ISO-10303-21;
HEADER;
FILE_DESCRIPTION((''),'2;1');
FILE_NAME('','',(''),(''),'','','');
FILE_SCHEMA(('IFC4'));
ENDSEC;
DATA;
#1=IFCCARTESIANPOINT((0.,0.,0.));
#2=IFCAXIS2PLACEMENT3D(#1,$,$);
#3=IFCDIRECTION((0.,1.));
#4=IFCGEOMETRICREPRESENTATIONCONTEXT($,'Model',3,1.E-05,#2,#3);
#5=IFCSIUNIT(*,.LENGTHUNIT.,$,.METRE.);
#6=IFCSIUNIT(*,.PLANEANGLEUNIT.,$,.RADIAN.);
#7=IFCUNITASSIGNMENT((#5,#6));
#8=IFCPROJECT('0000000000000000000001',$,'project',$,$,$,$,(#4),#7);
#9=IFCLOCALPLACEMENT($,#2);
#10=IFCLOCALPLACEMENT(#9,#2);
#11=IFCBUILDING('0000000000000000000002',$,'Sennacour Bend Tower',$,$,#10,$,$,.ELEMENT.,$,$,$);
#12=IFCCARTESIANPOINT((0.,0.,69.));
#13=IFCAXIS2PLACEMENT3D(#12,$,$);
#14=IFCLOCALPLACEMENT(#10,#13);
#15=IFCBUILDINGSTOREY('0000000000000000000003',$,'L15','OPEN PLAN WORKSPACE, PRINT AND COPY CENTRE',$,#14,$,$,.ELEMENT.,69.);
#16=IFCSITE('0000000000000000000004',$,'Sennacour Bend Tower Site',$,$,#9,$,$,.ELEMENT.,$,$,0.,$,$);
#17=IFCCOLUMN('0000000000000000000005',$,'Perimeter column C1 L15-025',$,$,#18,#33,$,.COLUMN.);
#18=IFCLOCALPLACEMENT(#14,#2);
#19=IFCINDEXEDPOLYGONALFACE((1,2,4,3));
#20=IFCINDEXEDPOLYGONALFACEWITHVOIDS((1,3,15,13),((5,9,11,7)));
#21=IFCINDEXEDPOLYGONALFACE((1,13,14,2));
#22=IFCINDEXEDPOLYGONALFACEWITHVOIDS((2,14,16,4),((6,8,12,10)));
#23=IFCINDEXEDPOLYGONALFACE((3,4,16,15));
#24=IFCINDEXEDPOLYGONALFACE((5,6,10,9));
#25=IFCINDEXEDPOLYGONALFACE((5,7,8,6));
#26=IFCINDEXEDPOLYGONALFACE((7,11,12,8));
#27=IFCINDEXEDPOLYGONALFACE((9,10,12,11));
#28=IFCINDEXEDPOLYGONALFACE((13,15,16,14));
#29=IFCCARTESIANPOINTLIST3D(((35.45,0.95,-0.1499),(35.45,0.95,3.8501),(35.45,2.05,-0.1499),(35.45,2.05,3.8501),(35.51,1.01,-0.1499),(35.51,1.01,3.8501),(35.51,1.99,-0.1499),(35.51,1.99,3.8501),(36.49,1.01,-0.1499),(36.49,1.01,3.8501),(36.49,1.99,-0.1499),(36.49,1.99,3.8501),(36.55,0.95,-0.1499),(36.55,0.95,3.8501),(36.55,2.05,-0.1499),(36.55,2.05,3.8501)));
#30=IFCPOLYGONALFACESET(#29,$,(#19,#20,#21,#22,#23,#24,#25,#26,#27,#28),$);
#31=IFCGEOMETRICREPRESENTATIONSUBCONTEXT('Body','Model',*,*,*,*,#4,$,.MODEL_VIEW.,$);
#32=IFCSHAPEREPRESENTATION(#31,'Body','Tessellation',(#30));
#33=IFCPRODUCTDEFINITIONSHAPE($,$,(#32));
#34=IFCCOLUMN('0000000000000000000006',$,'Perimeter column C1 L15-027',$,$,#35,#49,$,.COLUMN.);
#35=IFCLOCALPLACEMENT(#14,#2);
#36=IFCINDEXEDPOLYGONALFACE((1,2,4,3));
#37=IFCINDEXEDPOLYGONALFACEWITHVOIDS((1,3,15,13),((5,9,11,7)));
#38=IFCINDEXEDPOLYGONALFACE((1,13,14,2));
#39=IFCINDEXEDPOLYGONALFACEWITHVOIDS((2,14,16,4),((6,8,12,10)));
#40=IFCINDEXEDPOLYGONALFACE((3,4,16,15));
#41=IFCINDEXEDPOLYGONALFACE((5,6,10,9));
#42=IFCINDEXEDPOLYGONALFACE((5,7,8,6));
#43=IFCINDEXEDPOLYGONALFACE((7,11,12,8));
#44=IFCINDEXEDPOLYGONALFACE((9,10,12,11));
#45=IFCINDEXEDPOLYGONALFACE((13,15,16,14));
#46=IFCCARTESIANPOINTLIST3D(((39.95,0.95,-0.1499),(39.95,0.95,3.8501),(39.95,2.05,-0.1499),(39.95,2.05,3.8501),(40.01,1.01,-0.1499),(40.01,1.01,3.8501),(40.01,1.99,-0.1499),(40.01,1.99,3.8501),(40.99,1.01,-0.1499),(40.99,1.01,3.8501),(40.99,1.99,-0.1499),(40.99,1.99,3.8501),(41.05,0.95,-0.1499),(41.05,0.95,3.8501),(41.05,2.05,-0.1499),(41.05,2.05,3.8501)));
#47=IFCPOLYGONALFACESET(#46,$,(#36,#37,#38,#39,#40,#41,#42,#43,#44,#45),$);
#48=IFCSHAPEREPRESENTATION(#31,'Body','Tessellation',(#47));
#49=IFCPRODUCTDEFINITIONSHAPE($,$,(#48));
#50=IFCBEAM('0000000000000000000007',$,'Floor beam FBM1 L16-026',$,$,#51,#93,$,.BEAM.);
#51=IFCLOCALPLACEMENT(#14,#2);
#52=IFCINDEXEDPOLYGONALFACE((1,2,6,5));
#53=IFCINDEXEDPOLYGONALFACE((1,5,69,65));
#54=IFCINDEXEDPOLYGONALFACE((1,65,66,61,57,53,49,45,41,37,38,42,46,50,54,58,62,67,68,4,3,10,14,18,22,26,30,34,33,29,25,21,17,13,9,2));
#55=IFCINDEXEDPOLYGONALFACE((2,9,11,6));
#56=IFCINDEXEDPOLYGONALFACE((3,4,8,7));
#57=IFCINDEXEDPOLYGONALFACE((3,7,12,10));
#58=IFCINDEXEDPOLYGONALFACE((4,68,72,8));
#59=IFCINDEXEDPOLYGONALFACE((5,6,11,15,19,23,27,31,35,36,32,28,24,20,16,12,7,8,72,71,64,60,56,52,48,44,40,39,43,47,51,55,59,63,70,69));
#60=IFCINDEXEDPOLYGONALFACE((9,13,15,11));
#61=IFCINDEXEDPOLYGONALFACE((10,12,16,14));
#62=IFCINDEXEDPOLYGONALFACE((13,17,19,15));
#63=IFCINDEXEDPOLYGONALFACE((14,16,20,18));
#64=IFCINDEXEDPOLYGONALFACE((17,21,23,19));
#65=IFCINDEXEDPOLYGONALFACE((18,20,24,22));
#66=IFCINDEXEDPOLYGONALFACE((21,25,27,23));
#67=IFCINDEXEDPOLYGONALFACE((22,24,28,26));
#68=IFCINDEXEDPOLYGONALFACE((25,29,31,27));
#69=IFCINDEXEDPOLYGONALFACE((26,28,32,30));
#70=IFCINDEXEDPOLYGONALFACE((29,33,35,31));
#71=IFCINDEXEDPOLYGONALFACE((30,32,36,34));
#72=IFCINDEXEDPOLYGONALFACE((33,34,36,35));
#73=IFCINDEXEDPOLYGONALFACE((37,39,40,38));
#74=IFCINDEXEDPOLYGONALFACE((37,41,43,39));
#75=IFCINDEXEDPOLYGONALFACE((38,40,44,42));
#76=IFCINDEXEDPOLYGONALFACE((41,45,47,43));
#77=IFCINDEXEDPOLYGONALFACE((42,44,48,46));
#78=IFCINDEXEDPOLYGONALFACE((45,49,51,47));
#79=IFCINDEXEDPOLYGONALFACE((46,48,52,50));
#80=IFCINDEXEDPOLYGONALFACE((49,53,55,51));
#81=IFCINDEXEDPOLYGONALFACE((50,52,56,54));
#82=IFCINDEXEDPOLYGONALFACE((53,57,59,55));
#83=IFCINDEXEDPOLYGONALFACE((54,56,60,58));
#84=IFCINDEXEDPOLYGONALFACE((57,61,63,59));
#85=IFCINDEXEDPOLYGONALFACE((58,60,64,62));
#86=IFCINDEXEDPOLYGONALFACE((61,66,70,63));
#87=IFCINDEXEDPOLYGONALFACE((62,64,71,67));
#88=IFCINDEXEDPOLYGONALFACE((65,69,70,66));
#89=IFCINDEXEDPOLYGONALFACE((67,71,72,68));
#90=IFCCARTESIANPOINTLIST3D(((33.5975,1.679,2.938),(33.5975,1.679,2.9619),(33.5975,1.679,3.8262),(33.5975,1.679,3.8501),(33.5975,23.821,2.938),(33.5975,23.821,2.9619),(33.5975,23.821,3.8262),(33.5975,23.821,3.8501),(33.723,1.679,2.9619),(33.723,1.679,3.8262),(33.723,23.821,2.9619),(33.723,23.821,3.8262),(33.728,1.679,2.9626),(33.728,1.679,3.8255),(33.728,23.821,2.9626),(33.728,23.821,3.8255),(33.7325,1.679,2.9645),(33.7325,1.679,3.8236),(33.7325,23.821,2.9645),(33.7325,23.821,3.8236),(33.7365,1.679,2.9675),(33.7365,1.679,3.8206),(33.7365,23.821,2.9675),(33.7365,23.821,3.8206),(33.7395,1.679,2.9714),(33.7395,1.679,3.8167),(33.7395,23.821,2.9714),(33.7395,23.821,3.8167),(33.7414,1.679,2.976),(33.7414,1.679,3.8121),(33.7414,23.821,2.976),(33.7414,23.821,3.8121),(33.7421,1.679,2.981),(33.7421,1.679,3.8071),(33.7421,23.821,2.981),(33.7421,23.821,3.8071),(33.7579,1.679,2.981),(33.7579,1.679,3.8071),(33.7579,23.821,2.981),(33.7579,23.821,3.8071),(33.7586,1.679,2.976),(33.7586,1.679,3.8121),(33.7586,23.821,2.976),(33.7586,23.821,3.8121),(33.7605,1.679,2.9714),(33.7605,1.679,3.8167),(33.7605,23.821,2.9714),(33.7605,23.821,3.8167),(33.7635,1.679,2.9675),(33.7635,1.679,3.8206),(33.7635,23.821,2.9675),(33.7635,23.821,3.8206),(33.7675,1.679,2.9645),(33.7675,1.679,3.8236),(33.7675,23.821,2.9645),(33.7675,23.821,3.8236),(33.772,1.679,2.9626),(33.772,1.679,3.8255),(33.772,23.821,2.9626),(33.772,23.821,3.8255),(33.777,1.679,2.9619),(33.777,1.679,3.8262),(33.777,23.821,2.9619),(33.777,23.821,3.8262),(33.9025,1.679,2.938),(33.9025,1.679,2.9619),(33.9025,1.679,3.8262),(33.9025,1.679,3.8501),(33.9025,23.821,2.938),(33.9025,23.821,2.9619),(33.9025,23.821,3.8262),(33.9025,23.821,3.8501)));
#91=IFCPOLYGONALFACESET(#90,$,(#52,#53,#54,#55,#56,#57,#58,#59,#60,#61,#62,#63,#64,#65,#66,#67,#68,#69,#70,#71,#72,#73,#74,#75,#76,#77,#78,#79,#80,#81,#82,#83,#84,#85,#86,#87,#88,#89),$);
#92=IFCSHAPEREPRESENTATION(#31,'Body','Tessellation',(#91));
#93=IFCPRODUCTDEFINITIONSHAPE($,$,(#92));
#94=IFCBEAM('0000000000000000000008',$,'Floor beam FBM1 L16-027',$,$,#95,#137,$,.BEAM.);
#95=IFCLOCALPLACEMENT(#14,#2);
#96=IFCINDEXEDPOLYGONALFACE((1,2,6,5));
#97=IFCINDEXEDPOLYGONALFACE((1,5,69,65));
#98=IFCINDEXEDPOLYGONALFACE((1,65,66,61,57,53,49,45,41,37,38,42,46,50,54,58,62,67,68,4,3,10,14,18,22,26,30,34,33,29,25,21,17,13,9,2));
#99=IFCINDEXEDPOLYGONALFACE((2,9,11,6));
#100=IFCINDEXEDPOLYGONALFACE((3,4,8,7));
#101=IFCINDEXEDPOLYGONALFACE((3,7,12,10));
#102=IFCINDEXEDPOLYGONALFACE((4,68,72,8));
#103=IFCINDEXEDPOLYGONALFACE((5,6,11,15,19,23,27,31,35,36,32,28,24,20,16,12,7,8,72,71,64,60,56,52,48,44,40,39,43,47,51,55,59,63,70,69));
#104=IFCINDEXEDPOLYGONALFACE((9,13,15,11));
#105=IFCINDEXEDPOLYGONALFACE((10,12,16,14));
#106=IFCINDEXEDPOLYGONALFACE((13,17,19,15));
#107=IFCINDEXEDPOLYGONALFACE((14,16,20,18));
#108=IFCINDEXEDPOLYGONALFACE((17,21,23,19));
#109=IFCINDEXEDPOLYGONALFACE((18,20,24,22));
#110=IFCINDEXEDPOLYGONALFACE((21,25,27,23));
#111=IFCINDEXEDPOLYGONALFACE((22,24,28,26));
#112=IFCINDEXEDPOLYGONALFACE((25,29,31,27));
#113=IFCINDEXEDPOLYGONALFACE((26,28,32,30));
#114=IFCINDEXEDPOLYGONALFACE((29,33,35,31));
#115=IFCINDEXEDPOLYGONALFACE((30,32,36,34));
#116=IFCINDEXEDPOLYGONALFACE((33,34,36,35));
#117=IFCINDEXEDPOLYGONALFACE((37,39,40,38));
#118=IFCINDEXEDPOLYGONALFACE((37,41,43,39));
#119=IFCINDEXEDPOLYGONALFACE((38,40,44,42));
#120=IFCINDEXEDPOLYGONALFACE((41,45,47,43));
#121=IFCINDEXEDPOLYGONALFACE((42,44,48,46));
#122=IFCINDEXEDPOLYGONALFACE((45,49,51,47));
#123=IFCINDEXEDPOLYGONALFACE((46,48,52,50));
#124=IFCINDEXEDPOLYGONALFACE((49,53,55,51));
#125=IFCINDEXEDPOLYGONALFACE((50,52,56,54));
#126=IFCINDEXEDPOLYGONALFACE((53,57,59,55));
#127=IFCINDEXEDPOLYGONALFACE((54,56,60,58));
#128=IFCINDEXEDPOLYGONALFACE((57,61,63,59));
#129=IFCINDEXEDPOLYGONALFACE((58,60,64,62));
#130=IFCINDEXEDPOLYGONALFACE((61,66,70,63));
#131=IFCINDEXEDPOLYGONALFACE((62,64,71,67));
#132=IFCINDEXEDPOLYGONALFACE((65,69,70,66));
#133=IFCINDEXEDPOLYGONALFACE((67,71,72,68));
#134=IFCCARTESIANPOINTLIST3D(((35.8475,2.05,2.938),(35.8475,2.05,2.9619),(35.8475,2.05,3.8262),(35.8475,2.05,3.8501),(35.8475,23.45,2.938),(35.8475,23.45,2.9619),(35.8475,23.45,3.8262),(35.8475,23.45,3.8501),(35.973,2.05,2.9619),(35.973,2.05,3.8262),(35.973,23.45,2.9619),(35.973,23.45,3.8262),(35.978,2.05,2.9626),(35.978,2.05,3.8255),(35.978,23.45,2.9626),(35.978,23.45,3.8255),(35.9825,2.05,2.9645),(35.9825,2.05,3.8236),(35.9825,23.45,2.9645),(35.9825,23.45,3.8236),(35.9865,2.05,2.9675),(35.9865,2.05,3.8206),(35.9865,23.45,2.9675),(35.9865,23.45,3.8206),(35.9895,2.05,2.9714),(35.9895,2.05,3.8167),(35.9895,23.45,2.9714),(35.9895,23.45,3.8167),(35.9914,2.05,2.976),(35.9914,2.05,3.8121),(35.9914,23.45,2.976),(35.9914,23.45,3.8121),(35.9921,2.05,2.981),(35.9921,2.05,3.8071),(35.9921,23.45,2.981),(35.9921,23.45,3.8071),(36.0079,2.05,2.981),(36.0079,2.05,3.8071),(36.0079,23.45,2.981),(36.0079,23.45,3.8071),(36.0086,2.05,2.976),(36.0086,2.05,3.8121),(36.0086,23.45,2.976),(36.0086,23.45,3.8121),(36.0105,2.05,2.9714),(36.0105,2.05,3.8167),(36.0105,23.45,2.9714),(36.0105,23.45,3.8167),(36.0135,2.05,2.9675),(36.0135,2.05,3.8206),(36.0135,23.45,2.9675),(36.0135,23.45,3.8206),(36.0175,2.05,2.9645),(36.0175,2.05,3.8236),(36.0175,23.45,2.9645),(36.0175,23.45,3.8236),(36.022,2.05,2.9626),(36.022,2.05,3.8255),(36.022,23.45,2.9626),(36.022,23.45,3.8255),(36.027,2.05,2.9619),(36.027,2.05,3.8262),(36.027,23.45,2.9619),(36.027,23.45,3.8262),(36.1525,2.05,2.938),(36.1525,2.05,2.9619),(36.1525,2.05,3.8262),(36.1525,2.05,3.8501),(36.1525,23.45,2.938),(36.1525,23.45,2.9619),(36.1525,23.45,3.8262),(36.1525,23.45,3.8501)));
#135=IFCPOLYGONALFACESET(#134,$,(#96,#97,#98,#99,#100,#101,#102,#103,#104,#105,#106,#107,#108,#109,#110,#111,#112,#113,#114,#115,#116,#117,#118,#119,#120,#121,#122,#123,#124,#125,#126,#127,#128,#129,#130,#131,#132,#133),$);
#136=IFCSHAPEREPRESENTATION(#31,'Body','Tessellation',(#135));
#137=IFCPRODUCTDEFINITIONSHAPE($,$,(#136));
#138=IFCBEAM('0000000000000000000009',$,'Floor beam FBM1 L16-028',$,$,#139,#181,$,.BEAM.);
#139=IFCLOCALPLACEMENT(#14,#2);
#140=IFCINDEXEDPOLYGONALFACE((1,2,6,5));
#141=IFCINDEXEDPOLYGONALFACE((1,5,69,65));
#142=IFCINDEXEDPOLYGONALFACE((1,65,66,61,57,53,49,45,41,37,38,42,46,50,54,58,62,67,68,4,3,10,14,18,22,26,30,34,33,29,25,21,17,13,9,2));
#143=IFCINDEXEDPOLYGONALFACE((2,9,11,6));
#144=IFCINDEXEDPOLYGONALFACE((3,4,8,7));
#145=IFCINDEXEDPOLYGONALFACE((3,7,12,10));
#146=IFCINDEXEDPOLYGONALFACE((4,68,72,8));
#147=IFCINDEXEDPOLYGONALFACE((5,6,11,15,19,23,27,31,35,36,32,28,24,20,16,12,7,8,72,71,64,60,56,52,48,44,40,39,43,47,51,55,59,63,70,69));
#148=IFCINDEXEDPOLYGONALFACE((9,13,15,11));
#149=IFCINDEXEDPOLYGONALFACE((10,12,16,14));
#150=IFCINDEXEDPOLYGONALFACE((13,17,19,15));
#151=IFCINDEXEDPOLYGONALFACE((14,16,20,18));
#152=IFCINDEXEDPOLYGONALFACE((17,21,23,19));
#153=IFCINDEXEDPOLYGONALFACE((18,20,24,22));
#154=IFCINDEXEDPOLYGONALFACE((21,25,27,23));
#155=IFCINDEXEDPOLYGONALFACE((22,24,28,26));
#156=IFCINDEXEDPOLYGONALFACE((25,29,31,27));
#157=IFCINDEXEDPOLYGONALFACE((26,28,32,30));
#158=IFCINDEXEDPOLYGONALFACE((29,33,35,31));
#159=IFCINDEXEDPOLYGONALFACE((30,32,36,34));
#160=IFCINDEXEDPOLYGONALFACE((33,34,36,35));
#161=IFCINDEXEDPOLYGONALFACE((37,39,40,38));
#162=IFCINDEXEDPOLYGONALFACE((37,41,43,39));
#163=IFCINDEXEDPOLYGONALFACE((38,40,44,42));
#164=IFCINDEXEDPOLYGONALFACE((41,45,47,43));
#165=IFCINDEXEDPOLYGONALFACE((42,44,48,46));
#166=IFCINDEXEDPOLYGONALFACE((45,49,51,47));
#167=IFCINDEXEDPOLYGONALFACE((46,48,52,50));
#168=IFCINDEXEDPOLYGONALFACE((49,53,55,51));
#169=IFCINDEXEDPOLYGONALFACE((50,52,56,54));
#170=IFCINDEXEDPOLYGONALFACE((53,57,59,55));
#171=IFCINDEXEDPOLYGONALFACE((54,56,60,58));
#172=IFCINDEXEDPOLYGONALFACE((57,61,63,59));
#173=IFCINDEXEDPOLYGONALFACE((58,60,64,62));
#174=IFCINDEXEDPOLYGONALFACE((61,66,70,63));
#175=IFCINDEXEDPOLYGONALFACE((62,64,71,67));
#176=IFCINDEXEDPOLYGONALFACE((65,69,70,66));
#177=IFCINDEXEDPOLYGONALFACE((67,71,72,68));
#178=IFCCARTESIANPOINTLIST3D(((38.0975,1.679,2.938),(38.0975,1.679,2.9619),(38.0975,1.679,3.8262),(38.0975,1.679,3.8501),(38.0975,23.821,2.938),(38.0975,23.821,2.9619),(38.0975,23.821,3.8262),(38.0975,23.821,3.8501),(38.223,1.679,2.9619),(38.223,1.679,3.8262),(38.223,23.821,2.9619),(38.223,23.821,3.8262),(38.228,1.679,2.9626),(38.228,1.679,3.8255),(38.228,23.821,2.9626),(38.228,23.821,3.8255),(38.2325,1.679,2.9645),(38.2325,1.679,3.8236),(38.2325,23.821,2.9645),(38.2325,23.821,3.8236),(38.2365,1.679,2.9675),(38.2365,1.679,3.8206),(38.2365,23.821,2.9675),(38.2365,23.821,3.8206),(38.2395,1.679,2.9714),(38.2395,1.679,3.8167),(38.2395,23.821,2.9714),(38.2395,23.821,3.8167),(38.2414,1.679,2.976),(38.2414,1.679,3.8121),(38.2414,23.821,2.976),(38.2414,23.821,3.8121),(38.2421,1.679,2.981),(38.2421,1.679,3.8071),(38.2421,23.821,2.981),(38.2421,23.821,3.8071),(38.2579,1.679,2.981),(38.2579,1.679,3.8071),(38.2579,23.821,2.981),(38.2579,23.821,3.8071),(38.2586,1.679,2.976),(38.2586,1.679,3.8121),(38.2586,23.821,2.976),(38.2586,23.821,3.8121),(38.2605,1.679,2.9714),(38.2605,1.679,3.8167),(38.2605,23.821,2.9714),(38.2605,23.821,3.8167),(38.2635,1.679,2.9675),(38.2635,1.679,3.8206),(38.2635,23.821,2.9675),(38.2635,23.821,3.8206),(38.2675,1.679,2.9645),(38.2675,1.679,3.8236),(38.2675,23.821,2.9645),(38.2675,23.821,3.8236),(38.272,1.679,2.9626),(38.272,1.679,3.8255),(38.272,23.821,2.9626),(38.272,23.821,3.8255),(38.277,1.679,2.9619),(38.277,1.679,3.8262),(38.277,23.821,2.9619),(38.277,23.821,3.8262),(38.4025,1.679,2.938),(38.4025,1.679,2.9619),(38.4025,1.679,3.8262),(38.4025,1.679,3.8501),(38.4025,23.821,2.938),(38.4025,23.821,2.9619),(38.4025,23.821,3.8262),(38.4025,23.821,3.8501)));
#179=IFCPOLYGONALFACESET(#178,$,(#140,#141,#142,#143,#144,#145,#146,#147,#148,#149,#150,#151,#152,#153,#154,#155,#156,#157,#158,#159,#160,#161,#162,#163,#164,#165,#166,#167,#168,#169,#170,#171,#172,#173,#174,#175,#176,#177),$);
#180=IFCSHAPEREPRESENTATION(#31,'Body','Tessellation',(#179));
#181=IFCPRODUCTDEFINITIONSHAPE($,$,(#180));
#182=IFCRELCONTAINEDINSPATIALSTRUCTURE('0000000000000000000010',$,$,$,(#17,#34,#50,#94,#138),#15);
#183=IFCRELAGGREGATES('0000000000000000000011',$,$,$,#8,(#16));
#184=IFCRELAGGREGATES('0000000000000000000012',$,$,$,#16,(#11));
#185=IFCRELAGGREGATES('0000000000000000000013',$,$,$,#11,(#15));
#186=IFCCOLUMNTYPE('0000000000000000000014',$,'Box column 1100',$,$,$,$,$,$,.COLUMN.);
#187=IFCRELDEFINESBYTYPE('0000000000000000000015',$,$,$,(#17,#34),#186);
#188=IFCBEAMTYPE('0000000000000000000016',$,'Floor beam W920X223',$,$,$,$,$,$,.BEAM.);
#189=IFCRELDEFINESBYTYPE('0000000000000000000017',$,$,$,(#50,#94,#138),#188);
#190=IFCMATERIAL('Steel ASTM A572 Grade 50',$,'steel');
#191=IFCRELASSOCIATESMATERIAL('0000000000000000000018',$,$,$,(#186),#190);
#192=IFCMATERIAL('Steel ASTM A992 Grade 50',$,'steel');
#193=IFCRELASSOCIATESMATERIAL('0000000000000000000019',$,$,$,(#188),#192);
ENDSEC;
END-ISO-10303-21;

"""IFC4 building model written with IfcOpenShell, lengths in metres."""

from ifc_helpers import new_model, si_unit, direction, frame, origin, origin_2d, place, context, subcontext, project, spatial, hollow_rectangle, i_section, extrude, material, material_profile, profile_set, type_object, element, save


model = new_model("IFC4")

# Units and contexts
model_context = context("Model", 3, precision=1e-05, world=origin(), true_north=direction((0.0, 1.0)))
body_context = subcontext(model_context, "Body", "Model", "MODEL_VIEW")
ifc_project = project(units=[si_unit("LENGTHUNIT", "METRE"), si_unit("PLANEANGLEUNIT", "RADIAN")], contexts=[model_context])

# Site, building, storey
site_placement = place(None, origin())
site = spatial("IfcSite", under=ifc_project, at=site_placement, Name="Sennacour Bend Tower Site", CompositionType="ELEMENT", RefElevation=0.0)
building_placement = place(site_placement, origin())
building = spatial("IfcBuilding", under=site, at=building_placement, Name="Sennacour Bend Tower", CompositionType="ELEMENT")
storey_placement = place(building_placement, frame((0.0, 0.0, 69.0)))
storey = spatial("IfcBuildingStorey", under=building, at=storey_placement, Name="L15", Description="OPEN PLAN WORKSPACE, PRINT AND COPY CENTRE", CompositionType="ELEMENT", Elevation=69.0)

# Columns
ifc_material_1 = material(Name="Steel ASTM A572 Grade 50", Category="steel")
ifc_material_profile_1 = material_profile(ifc_material_1, hollow_rectangle(XDim=1.1001, YDim=1.1001, WallThickness=0.0601, at=origin_2d()), Name="Steel ASTM A572 Grade 50", Category="steel")
ifc_profile_set_1 = profile_set([ifc_material_profile_1], Name="Steel ASTM A572 Grade 50")
column_type = type_object("IfcColumnType", Name="Box column 1100", PredefinedType="COLUMN", material=ifc_profile_set_1)
for number, where, z_axis, x_axis, name in (
    (1, (36.0, 1.5, -0.1499), (0.0, 0.0, 1.0), (1.0, 0.0, 0.0), "Perimeter column C1 L15-025"),
    (2, (40.5, 1.5, -0.1499), (0.0, 0.0, 1.0), (1.0, 0.0, 0.0), "Perimeter column C1 L15-027"),
):
    element("IfcColumn", number, at=place(storey_placement, frame(where, z_axis=z_axis, x_axis=x_axis)), inside=storey, type_object=column_type, Name=name, PredefinedType="COLUMN", context=body_context, shape_type="SweptSolid", body=[
        extrude(hollow_rectangle(XDim=1.1001, YDim=1.1001, WallThickness=0.0601, at=origin_2d()), origin(), (0.0, 0.0, 1.0), 4.0),
    ])

# Beams
ifc_material_2 = material(Name="Steel ASTM A992 Grade 50", Category="steel")
ifc_material_profile_2 = material_profile(ifc_material_2, i_section(OverallWidth=0.3049, OverallDepth=0.9121, WebThickness=0.0159, FlangeThickness=0.0239, FilletRadius=0.019, at=origin_2d()), Name="Steel ASTM A992 Grade 50", Category="steel")
ifc_profile_set_2 = profile_set([ifc_material_profile_2], Name="Steel ASTM A992 Grade 50")
beam_type_1 = type_object("IfcBeamType", Name="Floor beam W920X223", PredefinedType="BEAM", material=ifc_profile_set_2)
beam_1_placement = place(storey_placement, frame((33.75, 1.679, 3.394), z_axis=(0.0, 1.0, 0.0), x_axis=(-1.0, 0.0, 0.0)))
element("IfcBeam", 3, at=beam_1_placement, inside=storey, type_object=beam_type_1, Name="Floor beam FBM1 L16-026", PredefinedType="BEAM", context=body_context, shape_type="SweptSolid", body=[
    extrude(i_section(OverallWidth=0.3049, OverallDepth=0.9121, WebThickness=0.0159, FlangeThickness=0.0239, FilletRadius=0.019, at=origin_2d()), origin(), (0.0, 0.0, 1.0), 22.1421),
])
beam_2_placement = place(storey_placement, frame((36.0, 2.05, 3.394), z_axis=(0.0, 1.0, 0.0), x_axis=(-1.0, 0.0, 0.0)))
element("IfcBeam", 4, at=beam_2_placement, inside=storey, type_object=beam_type_1, Name="Floor beam FBM1 L16-027", PredefinedType="BEAM", context=body_context, shape_type="SweptSolid", body=[
    extrude(i_section(OverallWidth=0.3049, OverallDepth=0.9121, WebThickness=0.0159, FlangeThickness=0.0239, FilletRadius=0.019, at=origin_2d()), origin(), (0.0, 0.0, 1.0), 21.3999),
])
beam_3_placement = place(storey_placement, frame((38.25, 1.679, 3.394), z_axis=(0.0, 1.0, 0.0), x_axis=(-1.0, 0.0, 0.0)))
element("IfcBeam", 5, at=beam_3_placement, inside=storey, type_object=beam_type_1, Name="Floor beam FBM1 L16-028", PredefinedType="BEAM", context=body_context, shape_type="SweptSolid", body=[
    extrude(i_section(OverallWidth=0.3049, OverallDepth=0.9121, WebThickness=0.0159, FlangeThickness=0.0239, FilletRadius=0.019, at=origin_2d()), origin(), (0.0, 0.0, 1.0), 22.1421),
])

save(model, "model.ifc")
